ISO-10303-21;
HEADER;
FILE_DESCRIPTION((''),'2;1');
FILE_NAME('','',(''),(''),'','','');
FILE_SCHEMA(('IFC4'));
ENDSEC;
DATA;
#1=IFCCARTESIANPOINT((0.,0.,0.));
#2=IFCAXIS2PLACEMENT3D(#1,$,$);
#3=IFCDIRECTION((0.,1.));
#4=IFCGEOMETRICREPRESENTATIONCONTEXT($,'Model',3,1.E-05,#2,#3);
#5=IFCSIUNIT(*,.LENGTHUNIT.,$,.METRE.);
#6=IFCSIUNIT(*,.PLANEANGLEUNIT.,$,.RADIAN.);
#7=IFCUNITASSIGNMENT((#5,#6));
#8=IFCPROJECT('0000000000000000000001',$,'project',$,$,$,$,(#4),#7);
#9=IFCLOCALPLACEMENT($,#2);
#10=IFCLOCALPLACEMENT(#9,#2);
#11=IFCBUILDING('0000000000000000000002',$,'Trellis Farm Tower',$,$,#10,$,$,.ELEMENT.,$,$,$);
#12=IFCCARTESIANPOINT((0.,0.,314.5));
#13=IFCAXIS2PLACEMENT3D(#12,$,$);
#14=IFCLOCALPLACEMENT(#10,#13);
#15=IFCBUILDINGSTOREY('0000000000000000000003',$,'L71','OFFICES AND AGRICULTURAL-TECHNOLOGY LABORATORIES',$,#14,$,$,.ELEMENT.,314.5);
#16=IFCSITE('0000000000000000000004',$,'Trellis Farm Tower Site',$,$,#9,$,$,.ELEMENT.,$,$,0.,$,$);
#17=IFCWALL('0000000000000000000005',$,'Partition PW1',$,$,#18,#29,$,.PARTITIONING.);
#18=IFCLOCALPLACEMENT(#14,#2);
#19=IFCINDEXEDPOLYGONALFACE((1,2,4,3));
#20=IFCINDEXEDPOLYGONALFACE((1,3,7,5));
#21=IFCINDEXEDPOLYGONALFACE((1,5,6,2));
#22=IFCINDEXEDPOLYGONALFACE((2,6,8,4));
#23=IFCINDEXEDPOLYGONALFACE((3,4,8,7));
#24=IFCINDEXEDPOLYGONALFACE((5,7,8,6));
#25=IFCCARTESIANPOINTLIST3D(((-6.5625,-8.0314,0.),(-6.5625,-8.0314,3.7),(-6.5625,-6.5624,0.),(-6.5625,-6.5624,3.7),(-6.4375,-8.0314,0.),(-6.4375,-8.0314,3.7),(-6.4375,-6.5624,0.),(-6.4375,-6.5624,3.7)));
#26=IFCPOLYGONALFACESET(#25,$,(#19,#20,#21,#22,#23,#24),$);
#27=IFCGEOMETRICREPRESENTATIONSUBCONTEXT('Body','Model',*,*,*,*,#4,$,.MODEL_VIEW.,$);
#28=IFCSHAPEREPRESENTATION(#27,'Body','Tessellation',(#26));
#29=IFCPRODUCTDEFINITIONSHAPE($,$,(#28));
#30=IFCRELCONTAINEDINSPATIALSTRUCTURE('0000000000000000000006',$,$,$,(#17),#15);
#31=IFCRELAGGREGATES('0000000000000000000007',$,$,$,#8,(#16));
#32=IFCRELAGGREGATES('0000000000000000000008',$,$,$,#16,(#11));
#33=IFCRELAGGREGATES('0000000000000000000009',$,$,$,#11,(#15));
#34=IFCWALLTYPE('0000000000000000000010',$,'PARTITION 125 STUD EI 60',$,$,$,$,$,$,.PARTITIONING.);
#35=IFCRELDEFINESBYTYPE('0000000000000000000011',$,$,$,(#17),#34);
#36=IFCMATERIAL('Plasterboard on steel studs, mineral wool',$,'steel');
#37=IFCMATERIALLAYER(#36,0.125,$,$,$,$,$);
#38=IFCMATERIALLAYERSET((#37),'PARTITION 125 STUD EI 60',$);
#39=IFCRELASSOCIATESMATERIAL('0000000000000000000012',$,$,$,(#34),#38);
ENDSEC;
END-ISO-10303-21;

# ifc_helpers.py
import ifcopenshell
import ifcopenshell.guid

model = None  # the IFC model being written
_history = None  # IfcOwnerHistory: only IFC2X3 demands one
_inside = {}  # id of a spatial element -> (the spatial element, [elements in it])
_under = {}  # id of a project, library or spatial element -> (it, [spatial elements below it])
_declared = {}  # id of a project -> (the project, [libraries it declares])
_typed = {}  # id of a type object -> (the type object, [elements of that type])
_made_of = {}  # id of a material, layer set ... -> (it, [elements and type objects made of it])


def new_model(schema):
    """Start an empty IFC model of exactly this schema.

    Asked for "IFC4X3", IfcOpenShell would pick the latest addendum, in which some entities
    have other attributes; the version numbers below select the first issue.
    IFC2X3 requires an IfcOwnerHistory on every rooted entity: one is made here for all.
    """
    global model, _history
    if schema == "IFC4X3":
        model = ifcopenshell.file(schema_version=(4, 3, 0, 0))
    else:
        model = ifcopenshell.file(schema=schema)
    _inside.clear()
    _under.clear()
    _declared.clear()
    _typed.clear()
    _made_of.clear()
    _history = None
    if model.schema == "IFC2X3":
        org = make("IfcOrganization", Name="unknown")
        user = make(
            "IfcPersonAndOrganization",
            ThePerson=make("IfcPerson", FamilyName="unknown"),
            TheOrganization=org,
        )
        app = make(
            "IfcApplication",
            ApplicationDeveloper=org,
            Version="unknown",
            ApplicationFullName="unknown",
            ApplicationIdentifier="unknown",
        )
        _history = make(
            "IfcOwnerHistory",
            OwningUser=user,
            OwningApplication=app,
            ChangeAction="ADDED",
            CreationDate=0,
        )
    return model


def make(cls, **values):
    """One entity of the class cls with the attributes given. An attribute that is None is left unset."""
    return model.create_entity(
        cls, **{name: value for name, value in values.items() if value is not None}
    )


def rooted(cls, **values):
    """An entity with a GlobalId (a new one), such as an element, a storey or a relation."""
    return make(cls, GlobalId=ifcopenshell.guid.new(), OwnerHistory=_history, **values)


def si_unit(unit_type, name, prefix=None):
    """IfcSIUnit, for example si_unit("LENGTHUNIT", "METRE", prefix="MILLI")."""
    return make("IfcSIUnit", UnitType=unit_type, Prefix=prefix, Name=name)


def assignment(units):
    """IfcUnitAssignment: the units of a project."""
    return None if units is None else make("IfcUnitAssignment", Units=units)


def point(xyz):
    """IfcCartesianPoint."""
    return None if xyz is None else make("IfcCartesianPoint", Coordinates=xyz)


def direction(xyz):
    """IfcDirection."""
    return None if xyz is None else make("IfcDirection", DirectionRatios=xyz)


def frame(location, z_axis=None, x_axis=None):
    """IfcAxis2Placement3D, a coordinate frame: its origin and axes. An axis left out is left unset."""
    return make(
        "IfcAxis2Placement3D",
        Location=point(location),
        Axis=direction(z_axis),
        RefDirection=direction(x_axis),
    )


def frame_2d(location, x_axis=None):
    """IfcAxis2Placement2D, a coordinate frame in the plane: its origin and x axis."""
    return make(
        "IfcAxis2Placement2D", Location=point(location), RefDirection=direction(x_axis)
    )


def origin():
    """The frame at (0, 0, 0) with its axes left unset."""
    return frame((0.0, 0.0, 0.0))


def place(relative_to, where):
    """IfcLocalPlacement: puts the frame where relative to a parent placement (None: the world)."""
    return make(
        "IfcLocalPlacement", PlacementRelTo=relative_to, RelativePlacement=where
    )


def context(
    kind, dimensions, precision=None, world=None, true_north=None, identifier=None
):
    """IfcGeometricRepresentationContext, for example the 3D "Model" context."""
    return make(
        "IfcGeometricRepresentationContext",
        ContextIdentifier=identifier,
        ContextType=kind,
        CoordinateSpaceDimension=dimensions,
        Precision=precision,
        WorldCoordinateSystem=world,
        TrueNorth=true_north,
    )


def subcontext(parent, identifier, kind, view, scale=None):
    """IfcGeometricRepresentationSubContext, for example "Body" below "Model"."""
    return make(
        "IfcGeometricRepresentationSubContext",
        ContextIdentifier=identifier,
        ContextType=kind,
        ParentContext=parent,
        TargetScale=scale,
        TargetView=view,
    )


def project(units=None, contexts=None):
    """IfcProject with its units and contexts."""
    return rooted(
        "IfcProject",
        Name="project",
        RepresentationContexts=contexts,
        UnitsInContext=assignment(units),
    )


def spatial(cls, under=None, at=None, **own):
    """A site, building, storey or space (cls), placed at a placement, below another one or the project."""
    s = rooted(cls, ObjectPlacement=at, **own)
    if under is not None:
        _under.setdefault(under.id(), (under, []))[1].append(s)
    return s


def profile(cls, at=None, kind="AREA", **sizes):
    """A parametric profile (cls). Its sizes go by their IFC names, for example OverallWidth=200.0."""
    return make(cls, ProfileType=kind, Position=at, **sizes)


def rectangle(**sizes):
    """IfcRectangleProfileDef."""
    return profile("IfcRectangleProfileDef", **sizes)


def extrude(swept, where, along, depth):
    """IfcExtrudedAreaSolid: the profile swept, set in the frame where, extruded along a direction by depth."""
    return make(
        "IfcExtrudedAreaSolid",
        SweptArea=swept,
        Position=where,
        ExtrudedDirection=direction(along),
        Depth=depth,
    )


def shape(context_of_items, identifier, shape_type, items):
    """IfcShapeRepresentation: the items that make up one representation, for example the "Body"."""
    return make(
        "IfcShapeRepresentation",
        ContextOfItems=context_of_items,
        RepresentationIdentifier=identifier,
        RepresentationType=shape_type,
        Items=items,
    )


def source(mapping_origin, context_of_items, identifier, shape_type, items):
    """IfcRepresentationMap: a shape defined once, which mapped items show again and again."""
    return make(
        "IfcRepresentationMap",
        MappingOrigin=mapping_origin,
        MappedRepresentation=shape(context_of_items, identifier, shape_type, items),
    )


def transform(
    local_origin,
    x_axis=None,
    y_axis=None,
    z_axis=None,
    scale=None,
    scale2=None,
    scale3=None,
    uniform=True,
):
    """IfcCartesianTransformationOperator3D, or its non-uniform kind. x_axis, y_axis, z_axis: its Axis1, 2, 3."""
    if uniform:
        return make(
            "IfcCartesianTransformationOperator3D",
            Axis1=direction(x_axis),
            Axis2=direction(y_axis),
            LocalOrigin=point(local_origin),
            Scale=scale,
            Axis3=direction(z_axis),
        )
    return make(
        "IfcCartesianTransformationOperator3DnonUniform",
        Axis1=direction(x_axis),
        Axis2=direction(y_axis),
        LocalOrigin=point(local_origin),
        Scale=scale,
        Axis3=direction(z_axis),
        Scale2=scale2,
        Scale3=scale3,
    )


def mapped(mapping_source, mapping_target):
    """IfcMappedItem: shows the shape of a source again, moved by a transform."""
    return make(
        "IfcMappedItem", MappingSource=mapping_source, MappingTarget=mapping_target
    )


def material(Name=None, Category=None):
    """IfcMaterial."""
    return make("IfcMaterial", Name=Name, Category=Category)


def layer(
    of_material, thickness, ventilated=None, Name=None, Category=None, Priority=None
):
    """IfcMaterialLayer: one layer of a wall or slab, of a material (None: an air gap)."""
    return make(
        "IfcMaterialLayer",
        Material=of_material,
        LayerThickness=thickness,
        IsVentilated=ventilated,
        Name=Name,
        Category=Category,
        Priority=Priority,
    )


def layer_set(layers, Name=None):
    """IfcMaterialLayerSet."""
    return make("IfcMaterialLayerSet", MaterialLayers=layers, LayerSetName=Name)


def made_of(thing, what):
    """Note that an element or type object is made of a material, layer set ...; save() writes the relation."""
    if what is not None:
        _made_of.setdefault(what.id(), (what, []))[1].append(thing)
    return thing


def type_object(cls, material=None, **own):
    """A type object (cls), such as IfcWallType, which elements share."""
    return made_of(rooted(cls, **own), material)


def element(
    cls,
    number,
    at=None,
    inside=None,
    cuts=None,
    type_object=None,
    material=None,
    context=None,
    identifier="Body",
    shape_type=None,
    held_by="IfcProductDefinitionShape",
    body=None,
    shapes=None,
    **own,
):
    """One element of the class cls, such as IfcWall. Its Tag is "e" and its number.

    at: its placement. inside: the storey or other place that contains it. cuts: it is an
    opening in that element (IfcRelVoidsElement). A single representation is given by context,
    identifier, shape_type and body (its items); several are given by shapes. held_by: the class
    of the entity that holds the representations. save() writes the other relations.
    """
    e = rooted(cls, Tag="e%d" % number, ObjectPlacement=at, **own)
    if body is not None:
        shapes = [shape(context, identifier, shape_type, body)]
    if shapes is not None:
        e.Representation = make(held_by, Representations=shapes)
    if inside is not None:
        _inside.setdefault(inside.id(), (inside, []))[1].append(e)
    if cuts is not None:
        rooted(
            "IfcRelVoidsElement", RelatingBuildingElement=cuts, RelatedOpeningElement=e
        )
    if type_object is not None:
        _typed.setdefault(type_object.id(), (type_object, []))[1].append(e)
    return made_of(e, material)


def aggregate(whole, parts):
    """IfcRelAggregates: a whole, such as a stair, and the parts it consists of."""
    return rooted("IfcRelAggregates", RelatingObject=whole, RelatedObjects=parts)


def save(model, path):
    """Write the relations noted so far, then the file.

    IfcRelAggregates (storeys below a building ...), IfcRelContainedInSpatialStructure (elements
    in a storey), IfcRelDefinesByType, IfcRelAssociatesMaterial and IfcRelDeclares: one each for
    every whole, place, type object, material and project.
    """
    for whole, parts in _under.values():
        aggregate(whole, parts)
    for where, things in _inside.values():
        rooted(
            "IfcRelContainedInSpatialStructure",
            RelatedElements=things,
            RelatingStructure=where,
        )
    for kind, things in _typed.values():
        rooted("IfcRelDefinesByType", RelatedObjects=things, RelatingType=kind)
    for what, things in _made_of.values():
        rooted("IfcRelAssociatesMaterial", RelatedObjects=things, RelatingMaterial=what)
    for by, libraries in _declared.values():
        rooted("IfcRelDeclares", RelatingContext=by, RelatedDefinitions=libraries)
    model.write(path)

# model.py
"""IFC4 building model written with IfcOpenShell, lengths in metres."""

from ifc_helpers import new_model, si_unit, direction, frame, frame_2d, origin, place, context, subcontext, project, spatial, rectangle, extrude, source, transform, mapped, material, layer, layer_set, type_object, element, save


model = new_model("IFC4")

# Units and contexts
model_context = context("Model", 3, precision=1e-05, world=origin(), true_north=direction((0.0, 1.0)))
body_context = subcontext(model_context, "Body", "Model", "MODEL_VIEW")
ifc_project = project(units=[si_unit("LENGTHUNIT", "METRE"), si_unit("PLANEANGLEUNIT", "RADIAN")], contexts=[model_context])

# Site, building, storey
site_placement = place(None, origin())
site = spatial("IfcSite", under=ifc_project, at=site_placement, Name="Trellis Farm Tower Site", CompositionType="ELEMENT", RefElevation=0.0)
building_placement = place(site_placement, origin())
building = spatial("IfcBuilding", under=site, at=building_placement, Name="Trellis Farm Tower", CompositionType="ELEMENT")
storey_placement = place(building_placement, frame((0.0, 0.0, 314.5)))
storey = spatial("IfcBuildingStorey", under=building, at=storey_placement, Name="L71", Description="OFFICES AND AGRICULTURAL-TECHNOLOGY LABORATORIES", CompositionType="ELEMENT", Elevation=314.5)

# Wall
ifc_material_1 = material(Name="Plasterboard on steel studs, mineral wool", Category="steel")
ifc_layer_1 = layer(ifc_material_1, 0.125)
ifc_layer_set_1 = layer_set([ifc_layer_1], Name="PARTITION 125 STUD EI 60")
wall_type = type_object("IfcWallType", Name="PARTITION 125 STUD EI 60", PredefinedType="PARTITIONING", material=ifc_layer_set_1)
shared_shape_1 = source(origin(), body_context, "Body", "SweptSolid", [
    extrude(rectangle(XDim=1.469, YDim=0.125, at=frame_2d((0.7344, 0.0))), origin(), (0.0, 0.0, 1.0), 3.7),
])
wall_placement = place(storey_placement, frame((-6.5, -6.5625, 0.0), z_axis=(0.0, 0.0, 1.0), x_axis=(0.0, -1.0, 0.0)))
element("IfcWall", 1, at=wall_placement, inside=storey, type_object=wall_type, Name="Partition PW1", PredefinedType="PARTITIONING", context=body_context, shape_type="MappedRepresentation", body=[
    mapped(shared_shape_1, transform((0.0, 0.0, 0.0))),
])

save(model, "model.ifc")
